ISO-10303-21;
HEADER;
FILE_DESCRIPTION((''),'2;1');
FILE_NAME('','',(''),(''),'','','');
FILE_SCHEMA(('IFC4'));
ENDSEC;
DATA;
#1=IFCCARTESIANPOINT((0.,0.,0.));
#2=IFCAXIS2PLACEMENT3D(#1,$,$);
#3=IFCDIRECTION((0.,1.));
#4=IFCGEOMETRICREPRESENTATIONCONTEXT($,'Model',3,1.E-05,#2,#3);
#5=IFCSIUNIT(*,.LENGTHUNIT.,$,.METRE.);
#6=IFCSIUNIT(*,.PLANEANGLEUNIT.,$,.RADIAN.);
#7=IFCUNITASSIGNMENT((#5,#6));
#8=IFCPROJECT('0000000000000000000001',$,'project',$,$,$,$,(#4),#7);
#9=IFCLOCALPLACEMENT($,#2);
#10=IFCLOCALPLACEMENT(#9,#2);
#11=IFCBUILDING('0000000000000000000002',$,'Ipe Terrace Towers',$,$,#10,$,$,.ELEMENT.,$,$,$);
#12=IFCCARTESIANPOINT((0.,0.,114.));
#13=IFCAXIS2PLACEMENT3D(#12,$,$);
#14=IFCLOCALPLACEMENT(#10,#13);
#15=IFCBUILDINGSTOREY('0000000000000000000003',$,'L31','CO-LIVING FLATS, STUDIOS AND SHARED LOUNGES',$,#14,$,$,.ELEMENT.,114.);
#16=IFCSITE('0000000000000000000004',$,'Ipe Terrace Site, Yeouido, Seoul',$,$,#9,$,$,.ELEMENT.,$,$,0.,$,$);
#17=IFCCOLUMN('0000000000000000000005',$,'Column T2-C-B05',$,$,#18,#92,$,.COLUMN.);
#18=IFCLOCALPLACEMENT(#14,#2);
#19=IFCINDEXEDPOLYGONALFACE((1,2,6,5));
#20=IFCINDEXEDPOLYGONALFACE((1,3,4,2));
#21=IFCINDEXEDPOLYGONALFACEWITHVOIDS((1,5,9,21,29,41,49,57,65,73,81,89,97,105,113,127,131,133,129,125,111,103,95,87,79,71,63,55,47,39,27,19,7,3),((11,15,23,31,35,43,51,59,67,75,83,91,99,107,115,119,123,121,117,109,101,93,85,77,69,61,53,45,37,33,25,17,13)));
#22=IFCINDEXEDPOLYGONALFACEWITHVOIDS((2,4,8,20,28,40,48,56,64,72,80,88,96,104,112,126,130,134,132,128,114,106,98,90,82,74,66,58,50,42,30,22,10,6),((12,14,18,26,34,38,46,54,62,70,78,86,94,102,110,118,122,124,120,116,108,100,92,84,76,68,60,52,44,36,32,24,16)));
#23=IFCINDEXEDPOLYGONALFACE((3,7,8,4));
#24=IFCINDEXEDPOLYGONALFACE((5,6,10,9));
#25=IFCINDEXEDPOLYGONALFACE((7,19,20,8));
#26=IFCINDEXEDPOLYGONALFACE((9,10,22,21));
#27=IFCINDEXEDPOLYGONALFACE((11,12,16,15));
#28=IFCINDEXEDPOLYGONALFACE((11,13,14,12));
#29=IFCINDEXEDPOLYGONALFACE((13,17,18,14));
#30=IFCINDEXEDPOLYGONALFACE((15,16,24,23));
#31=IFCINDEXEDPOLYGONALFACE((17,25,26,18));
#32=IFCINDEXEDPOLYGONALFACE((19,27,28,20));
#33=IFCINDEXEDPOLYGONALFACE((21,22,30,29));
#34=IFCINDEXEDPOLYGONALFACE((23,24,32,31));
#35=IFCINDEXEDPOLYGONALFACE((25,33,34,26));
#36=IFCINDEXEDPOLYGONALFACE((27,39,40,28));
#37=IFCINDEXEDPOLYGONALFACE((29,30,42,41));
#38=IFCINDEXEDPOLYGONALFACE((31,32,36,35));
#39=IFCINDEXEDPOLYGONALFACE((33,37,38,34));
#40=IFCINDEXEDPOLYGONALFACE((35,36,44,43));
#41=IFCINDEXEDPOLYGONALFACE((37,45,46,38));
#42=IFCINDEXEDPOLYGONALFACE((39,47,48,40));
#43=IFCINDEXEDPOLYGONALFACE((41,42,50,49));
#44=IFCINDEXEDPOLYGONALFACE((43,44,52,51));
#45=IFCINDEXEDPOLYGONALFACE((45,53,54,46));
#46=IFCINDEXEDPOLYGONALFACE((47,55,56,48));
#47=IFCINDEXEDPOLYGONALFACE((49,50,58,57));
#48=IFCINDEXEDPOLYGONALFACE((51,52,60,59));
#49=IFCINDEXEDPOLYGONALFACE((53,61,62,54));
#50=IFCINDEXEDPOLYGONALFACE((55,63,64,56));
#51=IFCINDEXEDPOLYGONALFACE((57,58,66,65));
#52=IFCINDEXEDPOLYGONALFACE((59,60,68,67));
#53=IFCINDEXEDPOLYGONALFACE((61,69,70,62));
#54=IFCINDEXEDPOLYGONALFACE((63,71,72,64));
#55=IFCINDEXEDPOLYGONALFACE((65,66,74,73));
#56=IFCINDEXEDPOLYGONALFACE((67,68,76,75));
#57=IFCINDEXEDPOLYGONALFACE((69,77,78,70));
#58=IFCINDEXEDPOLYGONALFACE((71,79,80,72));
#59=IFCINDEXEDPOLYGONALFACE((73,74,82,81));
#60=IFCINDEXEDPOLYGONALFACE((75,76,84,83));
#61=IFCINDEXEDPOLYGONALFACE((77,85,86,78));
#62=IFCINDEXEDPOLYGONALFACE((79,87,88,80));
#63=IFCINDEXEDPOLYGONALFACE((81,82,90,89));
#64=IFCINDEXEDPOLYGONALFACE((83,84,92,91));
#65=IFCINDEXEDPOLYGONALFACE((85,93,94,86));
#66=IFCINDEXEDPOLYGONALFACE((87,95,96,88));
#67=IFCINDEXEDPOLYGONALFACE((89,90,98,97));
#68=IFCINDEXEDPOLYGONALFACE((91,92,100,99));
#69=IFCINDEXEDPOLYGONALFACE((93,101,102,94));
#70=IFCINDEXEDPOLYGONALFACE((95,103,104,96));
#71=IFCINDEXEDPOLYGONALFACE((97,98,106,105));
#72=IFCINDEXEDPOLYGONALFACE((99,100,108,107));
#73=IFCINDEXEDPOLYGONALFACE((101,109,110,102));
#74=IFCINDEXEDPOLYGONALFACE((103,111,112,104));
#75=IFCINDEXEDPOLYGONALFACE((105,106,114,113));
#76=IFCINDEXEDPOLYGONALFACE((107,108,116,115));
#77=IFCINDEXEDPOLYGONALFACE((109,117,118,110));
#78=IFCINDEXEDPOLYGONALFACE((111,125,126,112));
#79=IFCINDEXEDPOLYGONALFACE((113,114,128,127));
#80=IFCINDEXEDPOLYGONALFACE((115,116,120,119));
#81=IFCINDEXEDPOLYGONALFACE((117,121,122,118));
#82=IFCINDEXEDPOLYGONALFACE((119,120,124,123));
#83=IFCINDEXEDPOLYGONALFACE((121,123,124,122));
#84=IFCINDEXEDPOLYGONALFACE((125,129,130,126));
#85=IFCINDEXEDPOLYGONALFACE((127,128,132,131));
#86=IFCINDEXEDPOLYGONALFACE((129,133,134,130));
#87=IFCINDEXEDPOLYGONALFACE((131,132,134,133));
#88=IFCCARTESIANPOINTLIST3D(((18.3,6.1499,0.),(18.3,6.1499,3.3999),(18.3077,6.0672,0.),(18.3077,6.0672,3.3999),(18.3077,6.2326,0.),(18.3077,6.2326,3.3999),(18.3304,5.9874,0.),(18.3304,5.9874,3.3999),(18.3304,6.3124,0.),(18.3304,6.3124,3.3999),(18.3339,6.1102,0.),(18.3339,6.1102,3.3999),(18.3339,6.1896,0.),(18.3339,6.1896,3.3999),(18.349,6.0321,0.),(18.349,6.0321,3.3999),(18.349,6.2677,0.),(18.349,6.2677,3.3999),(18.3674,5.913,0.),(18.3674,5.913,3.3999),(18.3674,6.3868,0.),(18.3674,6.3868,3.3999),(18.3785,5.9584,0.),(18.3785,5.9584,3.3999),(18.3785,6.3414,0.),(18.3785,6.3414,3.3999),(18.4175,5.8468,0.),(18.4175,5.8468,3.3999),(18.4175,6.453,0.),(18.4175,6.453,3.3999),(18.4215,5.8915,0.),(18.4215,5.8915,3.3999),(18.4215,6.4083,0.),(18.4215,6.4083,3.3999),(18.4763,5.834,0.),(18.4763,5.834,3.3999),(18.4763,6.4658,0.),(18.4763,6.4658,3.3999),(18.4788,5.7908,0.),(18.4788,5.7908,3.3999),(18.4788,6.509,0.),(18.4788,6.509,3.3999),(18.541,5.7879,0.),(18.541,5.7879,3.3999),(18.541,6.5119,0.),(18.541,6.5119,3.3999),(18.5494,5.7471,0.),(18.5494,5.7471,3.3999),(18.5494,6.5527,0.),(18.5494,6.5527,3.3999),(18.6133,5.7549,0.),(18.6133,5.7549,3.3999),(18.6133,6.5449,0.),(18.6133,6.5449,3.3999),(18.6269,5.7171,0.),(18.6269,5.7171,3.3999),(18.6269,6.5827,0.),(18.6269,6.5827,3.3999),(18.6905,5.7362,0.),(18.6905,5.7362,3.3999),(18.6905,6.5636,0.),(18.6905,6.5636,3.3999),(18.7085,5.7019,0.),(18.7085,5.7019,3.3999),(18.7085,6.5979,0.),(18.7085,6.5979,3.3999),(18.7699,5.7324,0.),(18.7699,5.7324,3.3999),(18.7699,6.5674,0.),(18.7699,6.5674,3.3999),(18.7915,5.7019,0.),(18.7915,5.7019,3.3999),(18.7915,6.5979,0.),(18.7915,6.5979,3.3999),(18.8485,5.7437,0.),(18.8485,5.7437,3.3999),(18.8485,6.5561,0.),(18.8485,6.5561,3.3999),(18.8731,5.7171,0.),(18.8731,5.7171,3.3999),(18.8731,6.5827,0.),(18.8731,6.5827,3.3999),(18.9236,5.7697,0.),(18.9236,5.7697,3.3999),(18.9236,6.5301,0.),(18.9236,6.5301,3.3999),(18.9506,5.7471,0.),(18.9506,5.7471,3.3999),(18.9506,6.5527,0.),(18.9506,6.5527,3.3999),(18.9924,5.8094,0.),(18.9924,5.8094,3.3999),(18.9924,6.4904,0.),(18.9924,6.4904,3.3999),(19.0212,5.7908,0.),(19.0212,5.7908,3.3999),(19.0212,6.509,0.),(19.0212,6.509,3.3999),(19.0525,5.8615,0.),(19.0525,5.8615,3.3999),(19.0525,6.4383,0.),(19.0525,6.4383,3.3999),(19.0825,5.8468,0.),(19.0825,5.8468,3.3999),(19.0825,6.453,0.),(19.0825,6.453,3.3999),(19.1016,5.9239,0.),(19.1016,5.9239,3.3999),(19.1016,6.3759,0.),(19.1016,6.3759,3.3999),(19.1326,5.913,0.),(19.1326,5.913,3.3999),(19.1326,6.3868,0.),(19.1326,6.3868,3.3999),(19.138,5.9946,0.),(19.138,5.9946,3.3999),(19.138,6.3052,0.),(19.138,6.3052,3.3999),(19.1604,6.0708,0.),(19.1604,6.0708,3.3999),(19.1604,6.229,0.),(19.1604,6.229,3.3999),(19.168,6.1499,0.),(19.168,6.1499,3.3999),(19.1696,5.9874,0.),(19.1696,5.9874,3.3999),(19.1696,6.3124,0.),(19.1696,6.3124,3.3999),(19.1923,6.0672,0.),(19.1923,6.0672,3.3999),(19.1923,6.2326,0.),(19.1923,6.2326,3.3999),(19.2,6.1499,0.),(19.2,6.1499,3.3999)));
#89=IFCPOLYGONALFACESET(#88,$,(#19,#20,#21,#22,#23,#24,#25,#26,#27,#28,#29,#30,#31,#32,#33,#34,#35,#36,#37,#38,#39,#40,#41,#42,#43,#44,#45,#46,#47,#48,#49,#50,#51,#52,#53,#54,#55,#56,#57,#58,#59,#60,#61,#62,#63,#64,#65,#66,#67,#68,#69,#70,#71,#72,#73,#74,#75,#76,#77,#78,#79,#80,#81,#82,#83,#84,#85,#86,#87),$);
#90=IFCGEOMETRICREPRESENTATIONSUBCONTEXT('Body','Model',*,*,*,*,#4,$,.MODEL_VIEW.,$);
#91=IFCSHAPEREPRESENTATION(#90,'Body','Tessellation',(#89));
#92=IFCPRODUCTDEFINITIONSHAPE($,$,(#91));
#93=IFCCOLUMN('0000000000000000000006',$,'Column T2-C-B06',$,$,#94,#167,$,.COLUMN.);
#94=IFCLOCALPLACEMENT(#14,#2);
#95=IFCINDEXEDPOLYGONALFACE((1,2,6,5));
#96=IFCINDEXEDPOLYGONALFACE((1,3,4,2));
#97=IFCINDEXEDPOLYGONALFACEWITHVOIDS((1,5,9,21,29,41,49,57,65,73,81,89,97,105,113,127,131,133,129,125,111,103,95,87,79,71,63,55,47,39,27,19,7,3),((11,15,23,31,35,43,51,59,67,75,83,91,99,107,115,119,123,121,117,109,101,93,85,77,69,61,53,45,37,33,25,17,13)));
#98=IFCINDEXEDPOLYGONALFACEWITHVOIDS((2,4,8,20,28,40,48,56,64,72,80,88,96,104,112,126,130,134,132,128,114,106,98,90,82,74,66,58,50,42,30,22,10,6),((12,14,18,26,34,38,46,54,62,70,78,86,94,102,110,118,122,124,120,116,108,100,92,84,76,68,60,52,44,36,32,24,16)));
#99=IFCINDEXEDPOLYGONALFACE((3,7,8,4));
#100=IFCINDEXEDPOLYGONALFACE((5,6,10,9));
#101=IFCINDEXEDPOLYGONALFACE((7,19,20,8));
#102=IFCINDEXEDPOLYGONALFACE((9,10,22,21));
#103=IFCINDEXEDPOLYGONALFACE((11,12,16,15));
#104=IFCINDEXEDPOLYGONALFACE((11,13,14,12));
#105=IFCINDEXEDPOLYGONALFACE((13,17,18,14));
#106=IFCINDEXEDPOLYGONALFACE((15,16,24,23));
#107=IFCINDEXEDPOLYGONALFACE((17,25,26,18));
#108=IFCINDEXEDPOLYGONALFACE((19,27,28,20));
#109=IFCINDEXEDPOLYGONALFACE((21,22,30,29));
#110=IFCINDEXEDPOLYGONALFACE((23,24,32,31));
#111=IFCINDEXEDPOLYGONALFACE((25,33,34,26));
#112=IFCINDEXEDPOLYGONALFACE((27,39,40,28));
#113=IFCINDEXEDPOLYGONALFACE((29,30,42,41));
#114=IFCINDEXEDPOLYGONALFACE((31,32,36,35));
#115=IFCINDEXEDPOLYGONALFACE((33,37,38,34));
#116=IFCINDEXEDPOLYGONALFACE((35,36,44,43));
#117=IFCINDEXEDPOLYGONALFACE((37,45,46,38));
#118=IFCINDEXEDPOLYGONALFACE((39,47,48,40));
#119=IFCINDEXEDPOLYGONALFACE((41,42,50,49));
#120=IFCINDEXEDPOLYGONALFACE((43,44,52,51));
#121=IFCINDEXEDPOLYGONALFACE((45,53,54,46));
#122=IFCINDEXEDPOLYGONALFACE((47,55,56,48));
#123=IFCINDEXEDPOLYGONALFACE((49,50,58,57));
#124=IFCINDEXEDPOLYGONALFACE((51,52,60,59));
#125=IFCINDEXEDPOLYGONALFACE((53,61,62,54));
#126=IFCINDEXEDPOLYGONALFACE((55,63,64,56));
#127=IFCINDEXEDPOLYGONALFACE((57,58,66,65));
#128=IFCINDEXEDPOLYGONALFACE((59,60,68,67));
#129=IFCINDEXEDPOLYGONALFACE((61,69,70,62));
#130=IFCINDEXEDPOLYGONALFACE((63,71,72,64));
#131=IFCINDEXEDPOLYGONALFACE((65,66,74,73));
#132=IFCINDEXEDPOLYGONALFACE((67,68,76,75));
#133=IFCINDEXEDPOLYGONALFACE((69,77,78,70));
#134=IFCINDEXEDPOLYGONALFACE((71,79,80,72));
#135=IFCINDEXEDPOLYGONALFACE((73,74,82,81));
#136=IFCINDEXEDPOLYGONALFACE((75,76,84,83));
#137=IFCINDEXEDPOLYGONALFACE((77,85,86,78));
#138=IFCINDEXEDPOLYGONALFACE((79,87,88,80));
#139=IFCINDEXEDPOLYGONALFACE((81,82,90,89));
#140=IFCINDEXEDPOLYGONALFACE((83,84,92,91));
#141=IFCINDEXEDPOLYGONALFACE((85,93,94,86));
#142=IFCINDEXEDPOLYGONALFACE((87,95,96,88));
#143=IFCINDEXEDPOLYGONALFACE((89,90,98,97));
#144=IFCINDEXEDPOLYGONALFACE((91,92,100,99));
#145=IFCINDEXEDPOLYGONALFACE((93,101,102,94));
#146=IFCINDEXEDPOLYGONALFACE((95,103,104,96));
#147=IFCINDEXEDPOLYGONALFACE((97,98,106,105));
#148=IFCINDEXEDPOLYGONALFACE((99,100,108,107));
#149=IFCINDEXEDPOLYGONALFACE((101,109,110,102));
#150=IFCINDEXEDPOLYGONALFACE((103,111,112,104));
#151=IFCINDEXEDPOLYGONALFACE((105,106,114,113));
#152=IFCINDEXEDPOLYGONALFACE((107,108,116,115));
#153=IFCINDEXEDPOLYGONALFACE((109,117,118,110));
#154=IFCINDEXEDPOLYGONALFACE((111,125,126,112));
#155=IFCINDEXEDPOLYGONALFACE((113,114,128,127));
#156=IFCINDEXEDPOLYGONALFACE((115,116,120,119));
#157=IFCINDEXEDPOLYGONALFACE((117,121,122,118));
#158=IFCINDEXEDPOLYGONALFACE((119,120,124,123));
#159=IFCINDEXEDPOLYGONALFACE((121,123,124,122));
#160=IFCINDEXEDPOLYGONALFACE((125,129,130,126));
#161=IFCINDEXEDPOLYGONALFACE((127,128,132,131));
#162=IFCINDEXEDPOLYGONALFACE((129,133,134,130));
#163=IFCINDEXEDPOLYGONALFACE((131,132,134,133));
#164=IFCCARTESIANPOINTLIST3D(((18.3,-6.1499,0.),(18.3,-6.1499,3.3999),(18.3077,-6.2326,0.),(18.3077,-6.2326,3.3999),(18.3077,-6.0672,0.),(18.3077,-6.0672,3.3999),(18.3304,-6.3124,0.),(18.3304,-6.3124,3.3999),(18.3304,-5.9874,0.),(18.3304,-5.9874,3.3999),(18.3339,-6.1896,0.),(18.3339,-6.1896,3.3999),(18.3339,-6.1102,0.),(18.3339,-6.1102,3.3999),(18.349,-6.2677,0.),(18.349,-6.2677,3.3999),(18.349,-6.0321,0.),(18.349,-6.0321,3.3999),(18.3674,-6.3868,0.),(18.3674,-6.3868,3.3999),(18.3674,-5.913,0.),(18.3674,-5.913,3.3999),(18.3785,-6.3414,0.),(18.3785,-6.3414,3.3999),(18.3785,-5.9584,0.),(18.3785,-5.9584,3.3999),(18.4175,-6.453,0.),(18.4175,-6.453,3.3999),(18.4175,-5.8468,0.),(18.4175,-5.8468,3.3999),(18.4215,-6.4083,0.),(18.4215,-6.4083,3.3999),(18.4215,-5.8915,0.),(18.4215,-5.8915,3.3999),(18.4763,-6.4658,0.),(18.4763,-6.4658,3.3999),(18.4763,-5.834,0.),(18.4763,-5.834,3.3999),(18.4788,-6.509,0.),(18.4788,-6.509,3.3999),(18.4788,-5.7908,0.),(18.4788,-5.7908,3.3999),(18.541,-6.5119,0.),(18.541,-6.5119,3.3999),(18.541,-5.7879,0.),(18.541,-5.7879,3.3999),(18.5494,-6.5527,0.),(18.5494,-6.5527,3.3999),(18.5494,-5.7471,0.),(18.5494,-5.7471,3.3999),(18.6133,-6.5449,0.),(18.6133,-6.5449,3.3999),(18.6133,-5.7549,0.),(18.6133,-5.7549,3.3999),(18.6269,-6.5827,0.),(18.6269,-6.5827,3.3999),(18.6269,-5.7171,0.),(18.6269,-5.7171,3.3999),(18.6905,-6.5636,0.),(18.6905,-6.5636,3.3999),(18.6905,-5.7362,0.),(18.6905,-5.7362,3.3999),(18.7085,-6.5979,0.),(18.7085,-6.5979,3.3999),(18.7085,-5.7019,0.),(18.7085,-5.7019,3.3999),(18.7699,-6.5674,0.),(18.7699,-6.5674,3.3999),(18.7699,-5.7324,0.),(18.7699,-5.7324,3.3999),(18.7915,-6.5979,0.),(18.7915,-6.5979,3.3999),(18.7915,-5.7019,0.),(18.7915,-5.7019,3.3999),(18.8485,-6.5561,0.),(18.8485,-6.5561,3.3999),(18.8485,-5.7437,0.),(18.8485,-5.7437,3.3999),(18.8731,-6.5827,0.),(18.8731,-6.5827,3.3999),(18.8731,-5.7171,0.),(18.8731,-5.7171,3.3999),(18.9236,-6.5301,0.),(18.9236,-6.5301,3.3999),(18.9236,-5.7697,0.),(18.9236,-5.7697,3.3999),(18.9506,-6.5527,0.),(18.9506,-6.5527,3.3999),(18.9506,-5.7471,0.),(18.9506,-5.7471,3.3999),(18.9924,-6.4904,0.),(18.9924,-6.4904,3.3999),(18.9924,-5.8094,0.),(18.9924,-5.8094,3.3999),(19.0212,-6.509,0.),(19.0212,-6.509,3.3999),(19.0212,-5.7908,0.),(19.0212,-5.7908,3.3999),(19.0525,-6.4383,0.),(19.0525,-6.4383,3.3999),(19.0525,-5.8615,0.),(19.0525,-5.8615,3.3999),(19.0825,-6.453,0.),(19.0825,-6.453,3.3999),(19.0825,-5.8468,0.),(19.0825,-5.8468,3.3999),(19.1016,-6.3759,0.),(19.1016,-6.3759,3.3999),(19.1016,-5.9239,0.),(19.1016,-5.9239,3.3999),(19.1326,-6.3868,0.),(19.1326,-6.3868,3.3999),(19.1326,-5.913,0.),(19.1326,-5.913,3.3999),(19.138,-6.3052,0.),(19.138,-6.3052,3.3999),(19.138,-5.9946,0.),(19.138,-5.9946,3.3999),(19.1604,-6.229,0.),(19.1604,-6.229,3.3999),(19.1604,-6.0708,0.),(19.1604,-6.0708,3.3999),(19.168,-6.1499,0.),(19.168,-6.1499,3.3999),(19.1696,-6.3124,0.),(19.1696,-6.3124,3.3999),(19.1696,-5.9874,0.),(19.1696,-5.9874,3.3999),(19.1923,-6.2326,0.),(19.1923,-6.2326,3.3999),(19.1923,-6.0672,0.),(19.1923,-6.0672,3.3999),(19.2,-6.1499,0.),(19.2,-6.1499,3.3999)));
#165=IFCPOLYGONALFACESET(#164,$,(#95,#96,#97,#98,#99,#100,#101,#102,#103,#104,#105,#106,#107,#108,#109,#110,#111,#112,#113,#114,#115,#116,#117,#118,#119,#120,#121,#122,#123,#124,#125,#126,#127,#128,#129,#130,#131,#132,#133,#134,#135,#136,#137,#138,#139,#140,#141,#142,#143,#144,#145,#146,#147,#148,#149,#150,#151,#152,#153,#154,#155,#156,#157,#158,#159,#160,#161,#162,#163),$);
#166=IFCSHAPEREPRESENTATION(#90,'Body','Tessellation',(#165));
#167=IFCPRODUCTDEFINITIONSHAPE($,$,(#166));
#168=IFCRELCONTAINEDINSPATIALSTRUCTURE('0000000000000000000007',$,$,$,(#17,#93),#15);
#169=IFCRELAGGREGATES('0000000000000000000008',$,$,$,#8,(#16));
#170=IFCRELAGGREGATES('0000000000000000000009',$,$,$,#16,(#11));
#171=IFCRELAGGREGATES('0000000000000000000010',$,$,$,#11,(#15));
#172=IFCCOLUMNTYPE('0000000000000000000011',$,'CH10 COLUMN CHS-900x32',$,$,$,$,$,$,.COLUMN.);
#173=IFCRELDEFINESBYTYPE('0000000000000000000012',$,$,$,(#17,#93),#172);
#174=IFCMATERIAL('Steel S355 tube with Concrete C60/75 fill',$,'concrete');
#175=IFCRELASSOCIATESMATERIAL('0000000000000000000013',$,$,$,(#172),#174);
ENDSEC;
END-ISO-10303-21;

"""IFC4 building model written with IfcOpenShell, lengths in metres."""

from ifc_helpers import new_model, si_unit, direction, frame, origin, origin_2d, place, context, subcontext, project, spatial, hollow_circle, extrude, material, material_profile, profile_set, type_object, element, save


model = new_model("IFC4")

# Units and contexts
model_context = context("Model", 3, precision=1e-05, world=origin(), true_north=direction((0.0, 1.0)))
body_context = subcontext(model_context, "Body", "Model", "MODEL_VIEW")
ifc_project = project(units=[si_unit("LENGTHUNIT", "METRE"), si_unit("PLANEANGLEUNIT", "RADIAN")], contexts=[model_context])

# Site, building, storey
site_placement = place(None, origin())
site = spatial("IfcSite", under=ifc_project, at=site_placement, Name="Ipe Terrace Site, Yeouido, Seoul", CompositionType="ELEMENT", RefElevation=0.0)
building_placement = place(site_placement, origin())
building = spatial("IfcBuilding", under=site, at=building_placement, Name="Ipe Terrace Towers", CompositionType="ELEMENT")
storey_placement = place(building_placement, frame((0.0, 0.0, 114.0)))
storey = spatial("IfcBuildingStorey", under=building, at=storey_placement, Name="L31", Description="CO-LIVING FLATS, STUDIOS AND SHARED LOUNGES", CompositionType="ELEMENT", Elevation=114.0)

# Columns
ifc_material_1 = material(Name="Steel S355 tube with Concrete C60/75 fill", Category="concrete")
ifc_material_profile_1 = material_profile(ifc_material_1, hollow_circle(Radius=0.45, WallThickness=0.032, at=origin_2d()), Name="CHS-900x32")
ifc_profile_set_1 = profile_set([ifc_material_profile_1], Name="Steel S355 tube with Concrete C60/75 fill")
column_type = type_object("IfcColumnType", Name="CH10 COLUMN CHS-900x32", PredefinedType="COLUMN", material=ifc_profile_set_1)
for number, where, z_axis, x_axis, name in (
    (1, (18.75, 6.1499, 0.0), (0.0, 0.0, 1.0), (1.0, 0.0, 0.0), "Column T2-C-B05"),
    (2, (18.75, -6.1499, 0.0), (0.0, 0.0, 1.0), (1.0, 0.0, 0.0), "Column T2-C-B06"),
):
    element("IfcColumn", number, at=place(storey_placement, frame(where, z_axis=z_axis, x_axis=x_axis)), inside=storey, type_object=column_type, Name=name, PredefinedType="COLUMN", context=body_context, shape_type="SweptSolid", body=[
        extrude(hollow_circle(Radius=0.45, WallThickness=0.032, at=origin_2d()), origin(), (0.0, 0.0, 1.0), 3.3999),
    ])

save(model, "model.ifc")
